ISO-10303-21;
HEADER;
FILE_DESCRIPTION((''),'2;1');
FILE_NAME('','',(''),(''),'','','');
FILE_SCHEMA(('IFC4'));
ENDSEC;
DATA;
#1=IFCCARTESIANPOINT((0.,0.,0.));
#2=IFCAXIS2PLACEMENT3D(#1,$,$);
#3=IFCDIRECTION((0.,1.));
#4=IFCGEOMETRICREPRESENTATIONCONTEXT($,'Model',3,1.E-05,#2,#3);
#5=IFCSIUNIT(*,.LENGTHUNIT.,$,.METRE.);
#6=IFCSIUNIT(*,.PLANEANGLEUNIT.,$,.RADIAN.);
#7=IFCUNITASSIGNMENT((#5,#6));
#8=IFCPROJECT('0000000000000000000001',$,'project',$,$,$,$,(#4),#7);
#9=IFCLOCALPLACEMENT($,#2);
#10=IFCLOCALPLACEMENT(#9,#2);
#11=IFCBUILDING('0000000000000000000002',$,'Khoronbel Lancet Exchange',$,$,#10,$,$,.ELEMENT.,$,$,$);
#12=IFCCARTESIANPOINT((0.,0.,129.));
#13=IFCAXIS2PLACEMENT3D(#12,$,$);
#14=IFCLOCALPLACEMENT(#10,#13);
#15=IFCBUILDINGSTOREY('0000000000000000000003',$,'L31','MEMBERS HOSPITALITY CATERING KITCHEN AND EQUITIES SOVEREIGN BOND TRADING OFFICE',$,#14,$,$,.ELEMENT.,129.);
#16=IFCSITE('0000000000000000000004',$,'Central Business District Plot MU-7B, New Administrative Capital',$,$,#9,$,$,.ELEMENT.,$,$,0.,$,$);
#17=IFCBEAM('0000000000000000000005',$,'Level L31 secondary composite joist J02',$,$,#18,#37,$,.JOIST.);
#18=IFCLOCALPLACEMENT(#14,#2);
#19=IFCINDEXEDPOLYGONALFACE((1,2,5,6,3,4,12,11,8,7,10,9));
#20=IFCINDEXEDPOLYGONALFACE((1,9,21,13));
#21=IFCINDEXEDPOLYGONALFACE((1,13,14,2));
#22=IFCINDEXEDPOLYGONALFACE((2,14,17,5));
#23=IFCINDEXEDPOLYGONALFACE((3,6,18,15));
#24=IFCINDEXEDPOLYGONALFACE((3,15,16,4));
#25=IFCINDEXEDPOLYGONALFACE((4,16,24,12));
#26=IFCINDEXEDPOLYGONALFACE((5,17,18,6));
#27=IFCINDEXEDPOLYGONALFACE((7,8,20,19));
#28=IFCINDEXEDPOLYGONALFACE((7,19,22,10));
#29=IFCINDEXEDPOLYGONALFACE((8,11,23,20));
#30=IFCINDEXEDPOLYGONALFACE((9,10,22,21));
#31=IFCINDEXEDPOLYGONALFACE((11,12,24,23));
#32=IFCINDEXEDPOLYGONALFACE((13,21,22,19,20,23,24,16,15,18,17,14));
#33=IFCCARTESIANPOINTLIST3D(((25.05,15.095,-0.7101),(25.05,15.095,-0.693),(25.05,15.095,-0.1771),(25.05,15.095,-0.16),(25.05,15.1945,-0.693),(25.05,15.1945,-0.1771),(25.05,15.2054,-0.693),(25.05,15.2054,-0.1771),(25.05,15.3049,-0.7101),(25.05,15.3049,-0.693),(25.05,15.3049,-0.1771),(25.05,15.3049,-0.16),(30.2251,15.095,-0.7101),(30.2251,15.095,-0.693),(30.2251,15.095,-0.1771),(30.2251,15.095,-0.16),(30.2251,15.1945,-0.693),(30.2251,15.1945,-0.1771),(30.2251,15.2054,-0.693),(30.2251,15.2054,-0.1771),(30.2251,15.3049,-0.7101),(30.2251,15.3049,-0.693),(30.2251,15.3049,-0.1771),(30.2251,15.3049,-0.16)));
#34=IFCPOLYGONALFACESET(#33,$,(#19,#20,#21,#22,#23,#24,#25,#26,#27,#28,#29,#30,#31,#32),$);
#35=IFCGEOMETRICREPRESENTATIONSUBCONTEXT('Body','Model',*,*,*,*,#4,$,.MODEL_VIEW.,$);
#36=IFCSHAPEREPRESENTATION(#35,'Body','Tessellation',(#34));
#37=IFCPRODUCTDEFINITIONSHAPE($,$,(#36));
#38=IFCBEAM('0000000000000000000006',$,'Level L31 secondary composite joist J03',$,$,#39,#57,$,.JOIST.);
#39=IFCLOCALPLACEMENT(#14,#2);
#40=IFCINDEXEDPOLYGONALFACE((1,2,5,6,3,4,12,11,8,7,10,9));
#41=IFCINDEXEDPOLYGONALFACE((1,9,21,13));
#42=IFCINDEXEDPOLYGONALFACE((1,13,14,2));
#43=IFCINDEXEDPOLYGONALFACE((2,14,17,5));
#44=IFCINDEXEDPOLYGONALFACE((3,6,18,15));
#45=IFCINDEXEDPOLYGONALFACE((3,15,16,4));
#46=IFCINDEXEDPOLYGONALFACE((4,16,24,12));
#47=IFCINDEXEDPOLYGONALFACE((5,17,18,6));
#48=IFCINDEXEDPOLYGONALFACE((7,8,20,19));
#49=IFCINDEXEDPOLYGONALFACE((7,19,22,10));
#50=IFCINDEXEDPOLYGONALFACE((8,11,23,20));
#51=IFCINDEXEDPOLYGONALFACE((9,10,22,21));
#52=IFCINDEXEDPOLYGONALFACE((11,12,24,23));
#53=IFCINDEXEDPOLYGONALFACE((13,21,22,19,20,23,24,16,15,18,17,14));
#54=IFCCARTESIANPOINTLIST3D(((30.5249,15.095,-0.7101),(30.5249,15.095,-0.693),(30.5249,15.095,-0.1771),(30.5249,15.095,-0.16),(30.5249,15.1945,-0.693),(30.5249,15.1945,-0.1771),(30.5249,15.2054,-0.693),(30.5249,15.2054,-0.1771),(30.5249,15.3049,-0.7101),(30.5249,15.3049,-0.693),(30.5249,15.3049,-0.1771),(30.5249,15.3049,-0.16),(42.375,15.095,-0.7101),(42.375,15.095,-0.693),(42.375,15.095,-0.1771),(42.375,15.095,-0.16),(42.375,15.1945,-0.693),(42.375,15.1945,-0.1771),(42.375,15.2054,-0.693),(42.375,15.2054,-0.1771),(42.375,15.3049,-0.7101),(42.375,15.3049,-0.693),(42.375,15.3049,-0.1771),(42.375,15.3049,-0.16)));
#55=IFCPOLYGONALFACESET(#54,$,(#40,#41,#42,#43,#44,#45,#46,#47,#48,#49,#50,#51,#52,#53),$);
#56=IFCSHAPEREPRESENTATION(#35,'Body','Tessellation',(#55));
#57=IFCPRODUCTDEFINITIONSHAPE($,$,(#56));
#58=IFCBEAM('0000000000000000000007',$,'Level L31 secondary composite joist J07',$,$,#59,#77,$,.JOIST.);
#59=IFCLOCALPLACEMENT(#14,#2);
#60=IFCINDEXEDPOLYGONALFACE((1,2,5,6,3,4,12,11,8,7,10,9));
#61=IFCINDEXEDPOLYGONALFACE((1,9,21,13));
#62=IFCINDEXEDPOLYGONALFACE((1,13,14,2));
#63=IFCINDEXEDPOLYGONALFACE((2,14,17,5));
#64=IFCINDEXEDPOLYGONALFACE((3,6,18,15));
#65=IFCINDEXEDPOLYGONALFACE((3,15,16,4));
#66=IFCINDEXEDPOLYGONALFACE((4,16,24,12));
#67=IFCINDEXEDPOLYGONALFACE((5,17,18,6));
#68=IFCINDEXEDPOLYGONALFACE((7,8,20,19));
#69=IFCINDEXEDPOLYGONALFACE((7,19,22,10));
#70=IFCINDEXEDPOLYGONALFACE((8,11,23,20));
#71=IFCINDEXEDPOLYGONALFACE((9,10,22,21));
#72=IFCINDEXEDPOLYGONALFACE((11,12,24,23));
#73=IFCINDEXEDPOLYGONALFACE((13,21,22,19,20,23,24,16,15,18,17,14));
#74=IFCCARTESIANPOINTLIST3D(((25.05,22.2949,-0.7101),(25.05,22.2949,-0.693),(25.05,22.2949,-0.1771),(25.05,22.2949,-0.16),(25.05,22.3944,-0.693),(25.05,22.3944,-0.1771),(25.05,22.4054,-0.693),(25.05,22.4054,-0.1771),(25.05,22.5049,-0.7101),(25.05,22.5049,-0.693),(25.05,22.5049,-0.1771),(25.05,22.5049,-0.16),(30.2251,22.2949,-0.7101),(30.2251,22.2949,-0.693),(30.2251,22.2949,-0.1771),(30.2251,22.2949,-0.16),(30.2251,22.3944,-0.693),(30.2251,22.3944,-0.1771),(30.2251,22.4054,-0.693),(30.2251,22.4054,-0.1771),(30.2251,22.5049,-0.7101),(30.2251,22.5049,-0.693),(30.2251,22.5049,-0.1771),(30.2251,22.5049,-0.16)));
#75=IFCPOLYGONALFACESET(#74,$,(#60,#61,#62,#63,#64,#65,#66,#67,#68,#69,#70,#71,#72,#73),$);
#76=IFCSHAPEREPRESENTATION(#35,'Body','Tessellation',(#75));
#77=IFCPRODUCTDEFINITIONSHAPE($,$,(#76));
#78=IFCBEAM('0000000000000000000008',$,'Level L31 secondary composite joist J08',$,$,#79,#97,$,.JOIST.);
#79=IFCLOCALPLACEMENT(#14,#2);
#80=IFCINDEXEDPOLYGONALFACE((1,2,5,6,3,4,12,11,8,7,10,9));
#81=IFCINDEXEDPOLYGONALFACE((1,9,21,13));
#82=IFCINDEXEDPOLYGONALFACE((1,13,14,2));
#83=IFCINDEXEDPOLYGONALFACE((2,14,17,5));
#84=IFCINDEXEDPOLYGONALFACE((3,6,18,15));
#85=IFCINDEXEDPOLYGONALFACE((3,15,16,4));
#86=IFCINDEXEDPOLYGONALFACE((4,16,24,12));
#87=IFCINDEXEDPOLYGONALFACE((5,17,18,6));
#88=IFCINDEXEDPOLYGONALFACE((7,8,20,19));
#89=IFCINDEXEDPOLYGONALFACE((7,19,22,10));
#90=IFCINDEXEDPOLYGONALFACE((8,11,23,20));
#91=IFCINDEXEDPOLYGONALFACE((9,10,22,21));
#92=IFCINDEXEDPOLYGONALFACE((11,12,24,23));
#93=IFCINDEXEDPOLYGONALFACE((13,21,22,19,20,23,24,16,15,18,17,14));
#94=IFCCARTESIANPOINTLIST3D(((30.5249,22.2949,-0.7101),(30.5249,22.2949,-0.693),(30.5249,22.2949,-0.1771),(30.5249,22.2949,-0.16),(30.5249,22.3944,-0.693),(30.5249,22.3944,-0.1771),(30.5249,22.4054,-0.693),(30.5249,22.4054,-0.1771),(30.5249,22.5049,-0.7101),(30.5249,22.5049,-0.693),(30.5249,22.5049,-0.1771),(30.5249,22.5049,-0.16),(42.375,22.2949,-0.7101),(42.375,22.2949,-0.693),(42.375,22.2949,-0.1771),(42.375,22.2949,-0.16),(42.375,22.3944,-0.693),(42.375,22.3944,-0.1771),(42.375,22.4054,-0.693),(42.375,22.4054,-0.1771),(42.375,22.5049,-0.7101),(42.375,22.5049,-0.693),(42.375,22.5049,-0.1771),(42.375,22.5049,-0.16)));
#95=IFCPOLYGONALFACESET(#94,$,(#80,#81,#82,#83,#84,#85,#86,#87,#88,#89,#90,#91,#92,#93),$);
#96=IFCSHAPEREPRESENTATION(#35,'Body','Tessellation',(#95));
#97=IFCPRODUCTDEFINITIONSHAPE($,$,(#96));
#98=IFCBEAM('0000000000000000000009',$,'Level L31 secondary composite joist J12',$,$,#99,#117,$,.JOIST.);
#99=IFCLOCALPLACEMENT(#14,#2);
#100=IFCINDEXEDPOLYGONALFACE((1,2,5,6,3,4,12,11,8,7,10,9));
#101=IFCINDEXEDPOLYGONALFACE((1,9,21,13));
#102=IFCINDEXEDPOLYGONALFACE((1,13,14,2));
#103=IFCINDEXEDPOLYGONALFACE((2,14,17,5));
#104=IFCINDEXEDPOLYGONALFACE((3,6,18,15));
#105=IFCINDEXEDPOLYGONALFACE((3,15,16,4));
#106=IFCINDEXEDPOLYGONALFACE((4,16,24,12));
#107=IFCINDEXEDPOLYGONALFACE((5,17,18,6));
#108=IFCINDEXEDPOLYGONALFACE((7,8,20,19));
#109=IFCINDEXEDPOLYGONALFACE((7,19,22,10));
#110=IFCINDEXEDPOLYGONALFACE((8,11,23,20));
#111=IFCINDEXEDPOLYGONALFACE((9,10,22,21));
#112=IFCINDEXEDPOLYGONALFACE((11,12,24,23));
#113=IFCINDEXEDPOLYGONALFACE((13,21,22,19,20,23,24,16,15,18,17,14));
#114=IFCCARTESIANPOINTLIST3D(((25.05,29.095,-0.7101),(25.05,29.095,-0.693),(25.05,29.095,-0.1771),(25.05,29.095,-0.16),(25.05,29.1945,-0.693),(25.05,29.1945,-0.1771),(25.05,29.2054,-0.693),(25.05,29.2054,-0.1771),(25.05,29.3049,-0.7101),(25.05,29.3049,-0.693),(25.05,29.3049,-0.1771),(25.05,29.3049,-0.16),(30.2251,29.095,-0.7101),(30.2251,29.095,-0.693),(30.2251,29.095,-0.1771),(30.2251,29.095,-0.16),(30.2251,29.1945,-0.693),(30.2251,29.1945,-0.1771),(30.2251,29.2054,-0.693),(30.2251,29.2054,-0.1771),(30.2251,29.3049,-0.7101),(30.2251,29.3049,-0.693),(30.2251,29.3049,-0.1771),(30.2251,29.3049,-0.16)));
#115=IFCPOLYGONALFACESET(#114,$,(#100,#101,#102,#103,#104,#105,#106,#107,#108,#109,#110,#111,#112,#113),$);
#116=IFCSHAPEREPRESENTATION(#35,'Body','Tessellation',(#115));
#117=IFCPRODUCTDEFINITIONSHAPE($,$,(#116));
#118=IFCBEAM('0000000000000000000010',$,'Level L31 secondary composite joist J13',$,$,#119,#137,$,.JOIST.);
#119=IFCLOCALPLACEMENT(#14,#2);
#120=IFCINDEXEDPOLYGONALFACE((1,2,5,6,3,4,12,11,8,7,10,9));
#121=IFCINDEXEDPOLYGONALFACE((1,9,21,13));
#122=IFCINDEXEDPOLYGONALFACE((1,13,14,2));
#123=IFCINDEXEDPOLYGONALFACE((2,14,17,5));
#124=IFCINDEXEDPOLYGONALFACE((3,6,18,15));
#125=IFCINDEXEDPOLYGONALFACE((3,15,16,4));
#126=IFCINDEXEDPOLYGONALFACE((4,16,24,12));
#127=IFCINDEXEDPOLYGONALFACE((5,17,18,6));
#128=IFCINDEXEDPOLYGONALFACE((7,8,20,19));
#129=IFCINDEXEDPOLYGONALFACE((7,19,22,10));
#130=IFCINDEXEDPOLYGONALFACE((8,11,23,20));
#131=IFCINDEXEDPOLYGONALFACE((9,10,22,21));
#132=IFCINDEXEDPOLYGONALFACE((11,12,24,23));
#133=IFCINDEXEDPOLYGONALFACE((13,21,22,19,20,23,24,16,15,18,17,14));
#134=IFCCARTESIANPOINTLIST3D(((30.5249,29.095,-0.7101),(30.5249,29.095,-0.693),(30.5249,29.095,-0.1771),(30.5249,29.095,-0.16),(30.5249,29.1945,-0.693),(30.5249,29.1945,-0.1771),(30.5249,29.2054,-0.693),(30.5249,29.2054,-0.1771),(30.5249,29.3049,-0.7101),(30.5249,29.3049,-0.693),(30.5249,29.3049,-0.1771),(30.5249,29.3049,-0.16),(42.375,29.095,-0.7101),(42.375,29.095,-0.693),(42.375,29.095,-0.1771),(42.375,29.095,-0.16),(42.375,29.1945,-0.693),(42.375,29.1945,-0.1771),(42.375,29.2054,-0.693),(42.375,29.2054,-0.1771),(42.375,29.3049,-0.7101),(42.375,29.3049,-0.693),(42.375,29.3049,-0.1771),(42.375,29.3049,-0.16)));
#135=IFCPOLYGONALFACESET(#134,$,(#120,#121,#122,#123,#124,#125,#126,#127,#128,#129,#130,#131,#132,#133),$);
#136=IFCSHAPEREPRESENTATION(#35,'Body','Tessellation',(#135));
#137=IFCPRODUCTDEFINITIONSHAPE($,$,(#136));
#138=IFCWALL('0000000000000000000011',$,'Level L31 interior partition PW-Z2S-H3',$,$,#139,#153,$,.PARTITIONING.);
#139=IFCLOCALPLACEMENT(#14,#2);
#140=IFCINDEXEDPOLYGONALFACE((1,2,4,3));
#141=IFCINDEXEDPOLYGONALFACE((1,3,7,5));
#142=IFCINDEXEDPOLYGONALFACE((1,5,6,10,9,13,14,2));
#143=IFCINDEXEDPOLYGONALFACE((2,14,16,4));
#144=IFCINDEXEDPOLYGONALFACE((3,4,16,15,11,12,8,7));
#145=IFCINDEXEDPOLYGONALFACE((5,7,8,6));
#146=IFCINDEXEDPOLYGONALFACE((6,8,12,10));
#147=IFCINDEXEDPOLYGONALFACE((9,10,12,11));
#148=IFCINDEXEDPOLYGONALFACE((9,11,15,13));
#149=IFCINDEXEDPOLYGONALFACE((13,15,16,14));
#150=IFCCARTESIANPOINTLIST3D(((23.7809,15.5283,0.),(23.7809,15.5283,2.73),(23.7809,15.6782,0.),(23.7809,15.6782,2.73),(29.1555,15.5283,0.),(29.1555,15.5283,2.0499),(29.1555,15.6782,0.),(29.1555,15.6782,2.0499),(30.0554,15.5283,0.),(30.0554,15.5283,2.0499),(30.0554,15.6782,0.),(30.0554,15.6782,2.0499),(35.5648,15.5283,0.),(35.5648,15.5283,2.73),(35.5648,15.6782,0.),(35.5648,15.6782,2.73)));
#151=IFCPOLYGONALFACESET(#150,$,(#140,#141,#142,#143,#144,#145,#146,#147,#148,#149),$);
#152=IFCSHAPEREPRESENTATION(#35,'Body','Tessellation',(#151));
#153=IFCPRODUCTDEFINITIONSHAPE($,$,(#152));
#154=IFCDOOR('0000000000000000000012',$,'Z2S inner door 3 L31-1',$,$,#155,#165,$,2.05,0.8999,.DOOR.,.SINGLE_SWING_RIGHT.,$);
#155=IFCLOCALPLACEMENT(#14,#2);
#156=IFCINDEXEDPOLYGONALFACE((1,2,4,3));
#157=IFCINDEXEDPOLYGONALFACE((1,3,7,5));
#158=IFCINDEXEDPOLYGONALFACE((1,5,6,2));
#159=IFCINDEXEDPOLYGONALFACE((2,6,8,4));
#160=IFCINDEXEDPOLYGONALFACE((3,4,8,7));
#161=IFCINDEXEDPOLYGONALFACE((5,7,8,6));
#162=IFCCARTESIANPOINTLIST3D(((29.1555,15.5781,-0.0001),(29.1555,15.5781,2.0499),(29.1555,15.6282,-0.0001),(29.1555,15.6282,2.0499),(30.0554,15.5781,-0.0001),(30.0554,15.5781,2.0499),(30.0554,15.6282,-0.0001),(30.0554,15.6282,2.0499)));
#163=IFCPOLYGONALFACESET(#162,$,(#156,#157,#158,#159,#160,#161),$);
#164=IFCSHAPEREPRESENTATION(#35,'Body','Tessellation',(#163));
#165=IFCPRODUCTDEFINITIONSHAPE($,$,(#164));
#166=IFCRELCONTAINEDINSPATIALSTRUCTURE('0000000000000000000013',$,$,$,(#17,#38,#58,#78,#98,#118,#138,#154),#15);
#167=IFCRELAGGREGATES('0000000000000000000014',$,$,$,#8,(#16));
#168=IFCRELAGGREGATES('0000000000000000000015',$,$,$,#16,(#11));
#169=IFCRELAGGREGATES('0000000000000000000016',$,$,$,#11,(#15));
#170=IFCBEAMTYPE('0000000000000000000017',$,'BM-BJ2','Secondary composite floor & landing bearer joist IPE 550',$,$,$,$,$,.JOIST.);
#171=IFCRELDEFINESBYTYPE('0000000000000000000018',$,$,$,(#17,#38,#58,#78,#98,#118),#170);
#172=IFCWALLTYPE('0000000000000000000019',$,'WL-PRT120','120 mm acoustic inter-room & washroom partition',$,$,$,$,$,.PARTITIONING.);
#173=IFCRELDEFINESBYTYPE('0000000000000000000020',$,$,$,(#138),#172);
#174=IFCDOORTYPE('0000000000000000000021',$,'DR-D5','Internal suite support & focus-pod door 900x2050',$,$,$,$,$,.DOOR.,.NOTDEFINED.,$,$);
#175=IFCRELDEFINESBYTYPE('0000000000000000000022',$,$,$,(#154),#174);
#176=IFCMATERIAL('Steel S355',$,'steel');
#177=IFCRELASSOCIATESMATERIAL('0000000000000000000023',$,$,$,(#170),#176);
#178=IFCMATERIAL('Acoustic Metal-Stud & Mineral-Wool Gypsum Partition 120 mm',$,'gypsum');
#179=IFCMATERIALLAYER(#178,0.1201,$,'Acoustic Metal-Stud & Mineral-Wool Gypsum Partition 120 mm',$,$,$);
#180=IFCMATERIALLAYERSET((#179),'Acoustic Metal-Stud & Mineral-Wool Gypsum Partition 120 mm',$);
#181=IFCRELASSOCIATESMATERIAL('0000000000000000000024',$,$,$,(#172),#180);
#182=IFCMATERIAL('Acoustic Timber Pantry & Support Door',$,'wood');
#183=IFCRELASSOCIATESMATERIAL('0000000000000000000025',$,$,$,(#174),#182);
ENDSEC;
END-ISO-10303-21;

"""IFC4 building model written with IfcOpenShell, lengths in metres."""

from ifc_helpers import new_model, si_unit, direction, frame, frame_2d, origin, origin_2d, place, context, subcontext, project, spatial, rectangle, i_section, extrude, material, layer, layer_set, material_profile, profile_set, type_object, element, fill, save


model = new_model("IFC4")

# Units and contexts
model_context = context("Model", 3, precision=1e-05, world=origin(), true_north=direction((0.0, 1.0)))
body_context = subcontext(model_context, "Body", "Model", "MODEL_VIEW")
ifc_project = project(units=[si_unit("LENGTHUNIT", "METRE"), si_unit("PLANEANGLEUNIT", "RADIAN")], contexts=[model_context])

# Site, building, storey
site_placement = place(None, origin())
site = spatial("IfcSite", under=ifc_project, at=site_placement, Name="Central Business District Plot MU-7B, New Administrative Capital", CompositionType="ELEMENT", RefElevation=0.0)
building_placement = place(site_placement, origin())
building = spatial("IfcBuilding", under=site, at=building_placement, Name="Khoronbel Lancet Exchange", CompositionType="ELEMENT")
storey_placement = place(building_placement, frame((0.0, 0.0, 129.0)))
storey = spatial("IfcBuildingStorey", under=building, at=storey_placement, Name="L31", Description="MEMBERS HOSPITALITY CATERING KITCHEN AND EQUITIES SOVEREIGN BOND TRADING OFFICE", CompositionType="ELEMENT", Elevation=129.0)

# Beams
ifc_material_1 = material(Name="Steel S355", Category="steel")
ifc_material_profile = material_profile(ifc_material_1, i_section(OverallWidth=0.21, OverallDepth=0.55, WebThickness=0.011, FlangeThickness=0.0171, at=origin_2d()), Name="IPE 550")
ifc_profile_set = profile_set([ifc_material_profile], Name="Steel S355")
beam_type = type_object("IfcBeamType", Name="BM-BJ2", Description="Secondary composite floor & landing bearer joist IPE 550", PredefinedType="JOIST", material=ifc_profile_set)
beam_1_placement = place(storey_placement, frame((25.05, 15.2, -0.4351), z_axis=(1.0, 0.0, 0.0), x_axis=(0.0, 1.0, 0.0)))
element("IfcBeam", 1, at=beam_1_placement, inside=storey, type_object=beam_type, Name="Level L31 secondary composite joist J02", PredefinedType="JOIST", context=body_context, shape_type="SweptSolid", body=[
    extrude(i_section(OverallWidth=0.21, OverallDepth=0.55, WebThickness=0.011, FlangeThickness=0.0171, at=origin_2d()), origin(), (0.0, 0.0, 1.0), 5.175),
])
beam_2_placement = place(storey_placement, frame((30.5249, 15.2, -0.4351), z_axis=(1.0, 0.0, 0.0), x_axis=(0.0, 1.0, 0.0)))
element("IfcBeam", 2, at=beam_2_placement, inside=storey, type_object=beam_type, Name="Level L31 secondary composite joist J03", PredefinedType="JOIST", context=body_context, shape_type="SweptSolid", body=[
    extrude(i_section(OverallWidth=0.21, OverallDepth=0.55, WebThickness=0.011, FlangeThickness=0.0171, at=origin_2d()), origin(), (0.0, 0.0, 1.0), 11.8501),
])
beam_3_placement = place(storey_placement, frame((25.05, 22.3999, -0.4351), z_axis=(1.0, 0.0, 0.0), x_axis=(0.0, 1.0, 0.0)))
element("IfcBeam", 3, at=beam_3_placement, inside=storey, type_object=beam_type, Name="Level L31 secondary composite joist J07", PredefinedType="JOIST", context=body_context, shape_type="SweptSolid", body=[
    extrude(i_section(OverallWidth=0.21, OverallDepth=0.55, WebThickness=0.011, FlangeThickness=0.0171, at=origin_2d()), origin(), (0.0, 0.0, 1.0), 5.175),
])
beam_4_placement = place(storey_placement, frame((30.5249, 22.3999, -0.4351), z_axis=(1.0, 0.0, 0.0), x_axis=(0.0, 1.0, 0.0)))
element("IfcBeam", 4, at=beam_4_placement, inside=storey, type_object=beam_type, Name="Level L31 secondary composite joist J08", PredefinedType="JOIST", context=body_context, shape_type="SweptSolid", body=[
    extrude(i_section(OverallWidth=0.21, OverallDepth=0.55, WebThickness=0.011, FlangeThickness=0.0171, at=origin_2d()), origin(), (0.0, 0.0, 1.0), 11.8501),
])
beam_5_placement = place(storey_placement, frame((25.05, 29.2, -0.4351), z_axis=(1.0, 0.0, 0.0), x_axis=(0.0, 1.0, 0.0)))
element("IfcBeam", 5, at=beam_5_placement, inside=storey, type_object=beam_type, Name="Level L31 secondary composite joist J12", PredefinedType="JOIST", context=body_context, shape_type="SweptSolid", body=[
    extrude(i_section(OverallWidth=0.21, OverallDepth=0.55, WebThickness=0.011, FlangeThickness=0.0171, at=origin_2d()), origin(), (0.0, 0.0, 1.0), 5.175),
])
beam_6_placement = place(storey_placement, frame((30.5249, 29.2, -0.4351), z_axis=(1.0, 0.0, 0.0), x_axis=(0.0, 1.0, 0.0)))
element("IfcBeam", 6, at=beam_6_placement, inside=storey, type_object=beam_type, Name="Level L31 secondary composite joist J13", PredefinedType="JOIST", context=body_context, shape_type="SweptSolid", body=[
    extrude(i_section(OverallWidth=0.21, OverallDepth=0.55, WebThickness=0.011, FlangeThickness=0.0171, at=origin_2d()), origin(), (0.0, 0.0, 1.0), 11.8501),
])

# Wall, opening, door
ifc_material_2 = material(Name="Acoustic Metal-Stud & Mineral-Wool Gypsum Partition 120 mm", Category="gypsum")
ifc_layer_1 = layer(ifc_material_2, 0.1201, Name="Acoustic Metal-Stud & Mineral-Wool Gypsum Partition 120 mm")
ifc_layer_set_1 = layer_set([ifc_layer_1], Name="Acoustic Metal-Stud & Mineral-Wool Gypsum Partition 120 mm")
wall_type_1 = type_object("IfcWallType", Name="WL-PRT120", Description="120 mm acoustic inter-room & washroom partition", PredefinedType="PARTITIONING", material=ifc_layer_set_1)
wall_1_placement = place(storey_placement, frame((23.7808, 15.6033, 0.0), z_axis=(0.0, 0.0, 1.0), x_axis=(1.0, 0.0, 0.0)))
wall_1 = element("IfcWall", 7, at=wall_1_placement, inside=storey, type_object=wall_type_1, Name="Level L31 interior partition PW-Z2S-H3", PredefinedType="PARTITIONING", context=body_context, shape_type="SweptSolid", body=[
    extrude(rectangle(XDim=11.7839, YDim=0.1499, at=frame_2d((5.8921, 0.0))), origin(), (0.0, 0.0, 1.0), 2.73),
])
opening_1_placement = place(wall_1_placement, frame((5.3748, 0.0, 0.0)))
opening_1 = element("IfcOpeningElement", 8, at=opening_1_placement, cuts=wall_1, PredefinedType="OPENING", context=body_context, shape_type="SweptSolid", body=[
    extrude(rectangle(XDim=0.8999, YDim=2.05, at=frame_2d((0.45, 1.0249))), frame((0.0, 0.085, 0.0), z_axis=(0.0, -1.0, 0.0), x_axis=(1.0, 0.0, 0.0)), (0.0, 0.0, 1.0), 0.1699),
])
ifc_material_3 = material(Name="Acoustic Timber Pantry & Support Door", Category="wood")
door_type_1 = type_object("IfcDoorType", Name="DR-D5", Description="Internal suite support & focus-pod door 900x2050", OperationType="NOTDEFINED", PredefinedType="DOOR", material=ifc_material_3)
door_1_placement = place(opening_1_placement, origin())
door_1 = element("IfcDoor", 9, at=door_1_placement, inside=storey, type_object=door_type_1, Name="Z2S inner door 3 L31-1", OperationType="SINGLE_SWING_RIGHT", OverallHeight=2.05, OverallWidth=0.8999, PredefinedType="DOOR", context=body_context, shape_type="SweptSolid", body=[
    extrude(rectangle(XDim=0.8999, YDim=2.05, at=frame_2d((0.45, 1.0249))), frame((0.0, 0.0249, 0.0), z_axis=(0.0, -1.0, 0.0), x_axis=(1.0, 0.0, 0.0)), (0.0, 0.0, 1.0), 0.05),
])
fill(opening_1, door_1)

save(model, "model.ifc")
